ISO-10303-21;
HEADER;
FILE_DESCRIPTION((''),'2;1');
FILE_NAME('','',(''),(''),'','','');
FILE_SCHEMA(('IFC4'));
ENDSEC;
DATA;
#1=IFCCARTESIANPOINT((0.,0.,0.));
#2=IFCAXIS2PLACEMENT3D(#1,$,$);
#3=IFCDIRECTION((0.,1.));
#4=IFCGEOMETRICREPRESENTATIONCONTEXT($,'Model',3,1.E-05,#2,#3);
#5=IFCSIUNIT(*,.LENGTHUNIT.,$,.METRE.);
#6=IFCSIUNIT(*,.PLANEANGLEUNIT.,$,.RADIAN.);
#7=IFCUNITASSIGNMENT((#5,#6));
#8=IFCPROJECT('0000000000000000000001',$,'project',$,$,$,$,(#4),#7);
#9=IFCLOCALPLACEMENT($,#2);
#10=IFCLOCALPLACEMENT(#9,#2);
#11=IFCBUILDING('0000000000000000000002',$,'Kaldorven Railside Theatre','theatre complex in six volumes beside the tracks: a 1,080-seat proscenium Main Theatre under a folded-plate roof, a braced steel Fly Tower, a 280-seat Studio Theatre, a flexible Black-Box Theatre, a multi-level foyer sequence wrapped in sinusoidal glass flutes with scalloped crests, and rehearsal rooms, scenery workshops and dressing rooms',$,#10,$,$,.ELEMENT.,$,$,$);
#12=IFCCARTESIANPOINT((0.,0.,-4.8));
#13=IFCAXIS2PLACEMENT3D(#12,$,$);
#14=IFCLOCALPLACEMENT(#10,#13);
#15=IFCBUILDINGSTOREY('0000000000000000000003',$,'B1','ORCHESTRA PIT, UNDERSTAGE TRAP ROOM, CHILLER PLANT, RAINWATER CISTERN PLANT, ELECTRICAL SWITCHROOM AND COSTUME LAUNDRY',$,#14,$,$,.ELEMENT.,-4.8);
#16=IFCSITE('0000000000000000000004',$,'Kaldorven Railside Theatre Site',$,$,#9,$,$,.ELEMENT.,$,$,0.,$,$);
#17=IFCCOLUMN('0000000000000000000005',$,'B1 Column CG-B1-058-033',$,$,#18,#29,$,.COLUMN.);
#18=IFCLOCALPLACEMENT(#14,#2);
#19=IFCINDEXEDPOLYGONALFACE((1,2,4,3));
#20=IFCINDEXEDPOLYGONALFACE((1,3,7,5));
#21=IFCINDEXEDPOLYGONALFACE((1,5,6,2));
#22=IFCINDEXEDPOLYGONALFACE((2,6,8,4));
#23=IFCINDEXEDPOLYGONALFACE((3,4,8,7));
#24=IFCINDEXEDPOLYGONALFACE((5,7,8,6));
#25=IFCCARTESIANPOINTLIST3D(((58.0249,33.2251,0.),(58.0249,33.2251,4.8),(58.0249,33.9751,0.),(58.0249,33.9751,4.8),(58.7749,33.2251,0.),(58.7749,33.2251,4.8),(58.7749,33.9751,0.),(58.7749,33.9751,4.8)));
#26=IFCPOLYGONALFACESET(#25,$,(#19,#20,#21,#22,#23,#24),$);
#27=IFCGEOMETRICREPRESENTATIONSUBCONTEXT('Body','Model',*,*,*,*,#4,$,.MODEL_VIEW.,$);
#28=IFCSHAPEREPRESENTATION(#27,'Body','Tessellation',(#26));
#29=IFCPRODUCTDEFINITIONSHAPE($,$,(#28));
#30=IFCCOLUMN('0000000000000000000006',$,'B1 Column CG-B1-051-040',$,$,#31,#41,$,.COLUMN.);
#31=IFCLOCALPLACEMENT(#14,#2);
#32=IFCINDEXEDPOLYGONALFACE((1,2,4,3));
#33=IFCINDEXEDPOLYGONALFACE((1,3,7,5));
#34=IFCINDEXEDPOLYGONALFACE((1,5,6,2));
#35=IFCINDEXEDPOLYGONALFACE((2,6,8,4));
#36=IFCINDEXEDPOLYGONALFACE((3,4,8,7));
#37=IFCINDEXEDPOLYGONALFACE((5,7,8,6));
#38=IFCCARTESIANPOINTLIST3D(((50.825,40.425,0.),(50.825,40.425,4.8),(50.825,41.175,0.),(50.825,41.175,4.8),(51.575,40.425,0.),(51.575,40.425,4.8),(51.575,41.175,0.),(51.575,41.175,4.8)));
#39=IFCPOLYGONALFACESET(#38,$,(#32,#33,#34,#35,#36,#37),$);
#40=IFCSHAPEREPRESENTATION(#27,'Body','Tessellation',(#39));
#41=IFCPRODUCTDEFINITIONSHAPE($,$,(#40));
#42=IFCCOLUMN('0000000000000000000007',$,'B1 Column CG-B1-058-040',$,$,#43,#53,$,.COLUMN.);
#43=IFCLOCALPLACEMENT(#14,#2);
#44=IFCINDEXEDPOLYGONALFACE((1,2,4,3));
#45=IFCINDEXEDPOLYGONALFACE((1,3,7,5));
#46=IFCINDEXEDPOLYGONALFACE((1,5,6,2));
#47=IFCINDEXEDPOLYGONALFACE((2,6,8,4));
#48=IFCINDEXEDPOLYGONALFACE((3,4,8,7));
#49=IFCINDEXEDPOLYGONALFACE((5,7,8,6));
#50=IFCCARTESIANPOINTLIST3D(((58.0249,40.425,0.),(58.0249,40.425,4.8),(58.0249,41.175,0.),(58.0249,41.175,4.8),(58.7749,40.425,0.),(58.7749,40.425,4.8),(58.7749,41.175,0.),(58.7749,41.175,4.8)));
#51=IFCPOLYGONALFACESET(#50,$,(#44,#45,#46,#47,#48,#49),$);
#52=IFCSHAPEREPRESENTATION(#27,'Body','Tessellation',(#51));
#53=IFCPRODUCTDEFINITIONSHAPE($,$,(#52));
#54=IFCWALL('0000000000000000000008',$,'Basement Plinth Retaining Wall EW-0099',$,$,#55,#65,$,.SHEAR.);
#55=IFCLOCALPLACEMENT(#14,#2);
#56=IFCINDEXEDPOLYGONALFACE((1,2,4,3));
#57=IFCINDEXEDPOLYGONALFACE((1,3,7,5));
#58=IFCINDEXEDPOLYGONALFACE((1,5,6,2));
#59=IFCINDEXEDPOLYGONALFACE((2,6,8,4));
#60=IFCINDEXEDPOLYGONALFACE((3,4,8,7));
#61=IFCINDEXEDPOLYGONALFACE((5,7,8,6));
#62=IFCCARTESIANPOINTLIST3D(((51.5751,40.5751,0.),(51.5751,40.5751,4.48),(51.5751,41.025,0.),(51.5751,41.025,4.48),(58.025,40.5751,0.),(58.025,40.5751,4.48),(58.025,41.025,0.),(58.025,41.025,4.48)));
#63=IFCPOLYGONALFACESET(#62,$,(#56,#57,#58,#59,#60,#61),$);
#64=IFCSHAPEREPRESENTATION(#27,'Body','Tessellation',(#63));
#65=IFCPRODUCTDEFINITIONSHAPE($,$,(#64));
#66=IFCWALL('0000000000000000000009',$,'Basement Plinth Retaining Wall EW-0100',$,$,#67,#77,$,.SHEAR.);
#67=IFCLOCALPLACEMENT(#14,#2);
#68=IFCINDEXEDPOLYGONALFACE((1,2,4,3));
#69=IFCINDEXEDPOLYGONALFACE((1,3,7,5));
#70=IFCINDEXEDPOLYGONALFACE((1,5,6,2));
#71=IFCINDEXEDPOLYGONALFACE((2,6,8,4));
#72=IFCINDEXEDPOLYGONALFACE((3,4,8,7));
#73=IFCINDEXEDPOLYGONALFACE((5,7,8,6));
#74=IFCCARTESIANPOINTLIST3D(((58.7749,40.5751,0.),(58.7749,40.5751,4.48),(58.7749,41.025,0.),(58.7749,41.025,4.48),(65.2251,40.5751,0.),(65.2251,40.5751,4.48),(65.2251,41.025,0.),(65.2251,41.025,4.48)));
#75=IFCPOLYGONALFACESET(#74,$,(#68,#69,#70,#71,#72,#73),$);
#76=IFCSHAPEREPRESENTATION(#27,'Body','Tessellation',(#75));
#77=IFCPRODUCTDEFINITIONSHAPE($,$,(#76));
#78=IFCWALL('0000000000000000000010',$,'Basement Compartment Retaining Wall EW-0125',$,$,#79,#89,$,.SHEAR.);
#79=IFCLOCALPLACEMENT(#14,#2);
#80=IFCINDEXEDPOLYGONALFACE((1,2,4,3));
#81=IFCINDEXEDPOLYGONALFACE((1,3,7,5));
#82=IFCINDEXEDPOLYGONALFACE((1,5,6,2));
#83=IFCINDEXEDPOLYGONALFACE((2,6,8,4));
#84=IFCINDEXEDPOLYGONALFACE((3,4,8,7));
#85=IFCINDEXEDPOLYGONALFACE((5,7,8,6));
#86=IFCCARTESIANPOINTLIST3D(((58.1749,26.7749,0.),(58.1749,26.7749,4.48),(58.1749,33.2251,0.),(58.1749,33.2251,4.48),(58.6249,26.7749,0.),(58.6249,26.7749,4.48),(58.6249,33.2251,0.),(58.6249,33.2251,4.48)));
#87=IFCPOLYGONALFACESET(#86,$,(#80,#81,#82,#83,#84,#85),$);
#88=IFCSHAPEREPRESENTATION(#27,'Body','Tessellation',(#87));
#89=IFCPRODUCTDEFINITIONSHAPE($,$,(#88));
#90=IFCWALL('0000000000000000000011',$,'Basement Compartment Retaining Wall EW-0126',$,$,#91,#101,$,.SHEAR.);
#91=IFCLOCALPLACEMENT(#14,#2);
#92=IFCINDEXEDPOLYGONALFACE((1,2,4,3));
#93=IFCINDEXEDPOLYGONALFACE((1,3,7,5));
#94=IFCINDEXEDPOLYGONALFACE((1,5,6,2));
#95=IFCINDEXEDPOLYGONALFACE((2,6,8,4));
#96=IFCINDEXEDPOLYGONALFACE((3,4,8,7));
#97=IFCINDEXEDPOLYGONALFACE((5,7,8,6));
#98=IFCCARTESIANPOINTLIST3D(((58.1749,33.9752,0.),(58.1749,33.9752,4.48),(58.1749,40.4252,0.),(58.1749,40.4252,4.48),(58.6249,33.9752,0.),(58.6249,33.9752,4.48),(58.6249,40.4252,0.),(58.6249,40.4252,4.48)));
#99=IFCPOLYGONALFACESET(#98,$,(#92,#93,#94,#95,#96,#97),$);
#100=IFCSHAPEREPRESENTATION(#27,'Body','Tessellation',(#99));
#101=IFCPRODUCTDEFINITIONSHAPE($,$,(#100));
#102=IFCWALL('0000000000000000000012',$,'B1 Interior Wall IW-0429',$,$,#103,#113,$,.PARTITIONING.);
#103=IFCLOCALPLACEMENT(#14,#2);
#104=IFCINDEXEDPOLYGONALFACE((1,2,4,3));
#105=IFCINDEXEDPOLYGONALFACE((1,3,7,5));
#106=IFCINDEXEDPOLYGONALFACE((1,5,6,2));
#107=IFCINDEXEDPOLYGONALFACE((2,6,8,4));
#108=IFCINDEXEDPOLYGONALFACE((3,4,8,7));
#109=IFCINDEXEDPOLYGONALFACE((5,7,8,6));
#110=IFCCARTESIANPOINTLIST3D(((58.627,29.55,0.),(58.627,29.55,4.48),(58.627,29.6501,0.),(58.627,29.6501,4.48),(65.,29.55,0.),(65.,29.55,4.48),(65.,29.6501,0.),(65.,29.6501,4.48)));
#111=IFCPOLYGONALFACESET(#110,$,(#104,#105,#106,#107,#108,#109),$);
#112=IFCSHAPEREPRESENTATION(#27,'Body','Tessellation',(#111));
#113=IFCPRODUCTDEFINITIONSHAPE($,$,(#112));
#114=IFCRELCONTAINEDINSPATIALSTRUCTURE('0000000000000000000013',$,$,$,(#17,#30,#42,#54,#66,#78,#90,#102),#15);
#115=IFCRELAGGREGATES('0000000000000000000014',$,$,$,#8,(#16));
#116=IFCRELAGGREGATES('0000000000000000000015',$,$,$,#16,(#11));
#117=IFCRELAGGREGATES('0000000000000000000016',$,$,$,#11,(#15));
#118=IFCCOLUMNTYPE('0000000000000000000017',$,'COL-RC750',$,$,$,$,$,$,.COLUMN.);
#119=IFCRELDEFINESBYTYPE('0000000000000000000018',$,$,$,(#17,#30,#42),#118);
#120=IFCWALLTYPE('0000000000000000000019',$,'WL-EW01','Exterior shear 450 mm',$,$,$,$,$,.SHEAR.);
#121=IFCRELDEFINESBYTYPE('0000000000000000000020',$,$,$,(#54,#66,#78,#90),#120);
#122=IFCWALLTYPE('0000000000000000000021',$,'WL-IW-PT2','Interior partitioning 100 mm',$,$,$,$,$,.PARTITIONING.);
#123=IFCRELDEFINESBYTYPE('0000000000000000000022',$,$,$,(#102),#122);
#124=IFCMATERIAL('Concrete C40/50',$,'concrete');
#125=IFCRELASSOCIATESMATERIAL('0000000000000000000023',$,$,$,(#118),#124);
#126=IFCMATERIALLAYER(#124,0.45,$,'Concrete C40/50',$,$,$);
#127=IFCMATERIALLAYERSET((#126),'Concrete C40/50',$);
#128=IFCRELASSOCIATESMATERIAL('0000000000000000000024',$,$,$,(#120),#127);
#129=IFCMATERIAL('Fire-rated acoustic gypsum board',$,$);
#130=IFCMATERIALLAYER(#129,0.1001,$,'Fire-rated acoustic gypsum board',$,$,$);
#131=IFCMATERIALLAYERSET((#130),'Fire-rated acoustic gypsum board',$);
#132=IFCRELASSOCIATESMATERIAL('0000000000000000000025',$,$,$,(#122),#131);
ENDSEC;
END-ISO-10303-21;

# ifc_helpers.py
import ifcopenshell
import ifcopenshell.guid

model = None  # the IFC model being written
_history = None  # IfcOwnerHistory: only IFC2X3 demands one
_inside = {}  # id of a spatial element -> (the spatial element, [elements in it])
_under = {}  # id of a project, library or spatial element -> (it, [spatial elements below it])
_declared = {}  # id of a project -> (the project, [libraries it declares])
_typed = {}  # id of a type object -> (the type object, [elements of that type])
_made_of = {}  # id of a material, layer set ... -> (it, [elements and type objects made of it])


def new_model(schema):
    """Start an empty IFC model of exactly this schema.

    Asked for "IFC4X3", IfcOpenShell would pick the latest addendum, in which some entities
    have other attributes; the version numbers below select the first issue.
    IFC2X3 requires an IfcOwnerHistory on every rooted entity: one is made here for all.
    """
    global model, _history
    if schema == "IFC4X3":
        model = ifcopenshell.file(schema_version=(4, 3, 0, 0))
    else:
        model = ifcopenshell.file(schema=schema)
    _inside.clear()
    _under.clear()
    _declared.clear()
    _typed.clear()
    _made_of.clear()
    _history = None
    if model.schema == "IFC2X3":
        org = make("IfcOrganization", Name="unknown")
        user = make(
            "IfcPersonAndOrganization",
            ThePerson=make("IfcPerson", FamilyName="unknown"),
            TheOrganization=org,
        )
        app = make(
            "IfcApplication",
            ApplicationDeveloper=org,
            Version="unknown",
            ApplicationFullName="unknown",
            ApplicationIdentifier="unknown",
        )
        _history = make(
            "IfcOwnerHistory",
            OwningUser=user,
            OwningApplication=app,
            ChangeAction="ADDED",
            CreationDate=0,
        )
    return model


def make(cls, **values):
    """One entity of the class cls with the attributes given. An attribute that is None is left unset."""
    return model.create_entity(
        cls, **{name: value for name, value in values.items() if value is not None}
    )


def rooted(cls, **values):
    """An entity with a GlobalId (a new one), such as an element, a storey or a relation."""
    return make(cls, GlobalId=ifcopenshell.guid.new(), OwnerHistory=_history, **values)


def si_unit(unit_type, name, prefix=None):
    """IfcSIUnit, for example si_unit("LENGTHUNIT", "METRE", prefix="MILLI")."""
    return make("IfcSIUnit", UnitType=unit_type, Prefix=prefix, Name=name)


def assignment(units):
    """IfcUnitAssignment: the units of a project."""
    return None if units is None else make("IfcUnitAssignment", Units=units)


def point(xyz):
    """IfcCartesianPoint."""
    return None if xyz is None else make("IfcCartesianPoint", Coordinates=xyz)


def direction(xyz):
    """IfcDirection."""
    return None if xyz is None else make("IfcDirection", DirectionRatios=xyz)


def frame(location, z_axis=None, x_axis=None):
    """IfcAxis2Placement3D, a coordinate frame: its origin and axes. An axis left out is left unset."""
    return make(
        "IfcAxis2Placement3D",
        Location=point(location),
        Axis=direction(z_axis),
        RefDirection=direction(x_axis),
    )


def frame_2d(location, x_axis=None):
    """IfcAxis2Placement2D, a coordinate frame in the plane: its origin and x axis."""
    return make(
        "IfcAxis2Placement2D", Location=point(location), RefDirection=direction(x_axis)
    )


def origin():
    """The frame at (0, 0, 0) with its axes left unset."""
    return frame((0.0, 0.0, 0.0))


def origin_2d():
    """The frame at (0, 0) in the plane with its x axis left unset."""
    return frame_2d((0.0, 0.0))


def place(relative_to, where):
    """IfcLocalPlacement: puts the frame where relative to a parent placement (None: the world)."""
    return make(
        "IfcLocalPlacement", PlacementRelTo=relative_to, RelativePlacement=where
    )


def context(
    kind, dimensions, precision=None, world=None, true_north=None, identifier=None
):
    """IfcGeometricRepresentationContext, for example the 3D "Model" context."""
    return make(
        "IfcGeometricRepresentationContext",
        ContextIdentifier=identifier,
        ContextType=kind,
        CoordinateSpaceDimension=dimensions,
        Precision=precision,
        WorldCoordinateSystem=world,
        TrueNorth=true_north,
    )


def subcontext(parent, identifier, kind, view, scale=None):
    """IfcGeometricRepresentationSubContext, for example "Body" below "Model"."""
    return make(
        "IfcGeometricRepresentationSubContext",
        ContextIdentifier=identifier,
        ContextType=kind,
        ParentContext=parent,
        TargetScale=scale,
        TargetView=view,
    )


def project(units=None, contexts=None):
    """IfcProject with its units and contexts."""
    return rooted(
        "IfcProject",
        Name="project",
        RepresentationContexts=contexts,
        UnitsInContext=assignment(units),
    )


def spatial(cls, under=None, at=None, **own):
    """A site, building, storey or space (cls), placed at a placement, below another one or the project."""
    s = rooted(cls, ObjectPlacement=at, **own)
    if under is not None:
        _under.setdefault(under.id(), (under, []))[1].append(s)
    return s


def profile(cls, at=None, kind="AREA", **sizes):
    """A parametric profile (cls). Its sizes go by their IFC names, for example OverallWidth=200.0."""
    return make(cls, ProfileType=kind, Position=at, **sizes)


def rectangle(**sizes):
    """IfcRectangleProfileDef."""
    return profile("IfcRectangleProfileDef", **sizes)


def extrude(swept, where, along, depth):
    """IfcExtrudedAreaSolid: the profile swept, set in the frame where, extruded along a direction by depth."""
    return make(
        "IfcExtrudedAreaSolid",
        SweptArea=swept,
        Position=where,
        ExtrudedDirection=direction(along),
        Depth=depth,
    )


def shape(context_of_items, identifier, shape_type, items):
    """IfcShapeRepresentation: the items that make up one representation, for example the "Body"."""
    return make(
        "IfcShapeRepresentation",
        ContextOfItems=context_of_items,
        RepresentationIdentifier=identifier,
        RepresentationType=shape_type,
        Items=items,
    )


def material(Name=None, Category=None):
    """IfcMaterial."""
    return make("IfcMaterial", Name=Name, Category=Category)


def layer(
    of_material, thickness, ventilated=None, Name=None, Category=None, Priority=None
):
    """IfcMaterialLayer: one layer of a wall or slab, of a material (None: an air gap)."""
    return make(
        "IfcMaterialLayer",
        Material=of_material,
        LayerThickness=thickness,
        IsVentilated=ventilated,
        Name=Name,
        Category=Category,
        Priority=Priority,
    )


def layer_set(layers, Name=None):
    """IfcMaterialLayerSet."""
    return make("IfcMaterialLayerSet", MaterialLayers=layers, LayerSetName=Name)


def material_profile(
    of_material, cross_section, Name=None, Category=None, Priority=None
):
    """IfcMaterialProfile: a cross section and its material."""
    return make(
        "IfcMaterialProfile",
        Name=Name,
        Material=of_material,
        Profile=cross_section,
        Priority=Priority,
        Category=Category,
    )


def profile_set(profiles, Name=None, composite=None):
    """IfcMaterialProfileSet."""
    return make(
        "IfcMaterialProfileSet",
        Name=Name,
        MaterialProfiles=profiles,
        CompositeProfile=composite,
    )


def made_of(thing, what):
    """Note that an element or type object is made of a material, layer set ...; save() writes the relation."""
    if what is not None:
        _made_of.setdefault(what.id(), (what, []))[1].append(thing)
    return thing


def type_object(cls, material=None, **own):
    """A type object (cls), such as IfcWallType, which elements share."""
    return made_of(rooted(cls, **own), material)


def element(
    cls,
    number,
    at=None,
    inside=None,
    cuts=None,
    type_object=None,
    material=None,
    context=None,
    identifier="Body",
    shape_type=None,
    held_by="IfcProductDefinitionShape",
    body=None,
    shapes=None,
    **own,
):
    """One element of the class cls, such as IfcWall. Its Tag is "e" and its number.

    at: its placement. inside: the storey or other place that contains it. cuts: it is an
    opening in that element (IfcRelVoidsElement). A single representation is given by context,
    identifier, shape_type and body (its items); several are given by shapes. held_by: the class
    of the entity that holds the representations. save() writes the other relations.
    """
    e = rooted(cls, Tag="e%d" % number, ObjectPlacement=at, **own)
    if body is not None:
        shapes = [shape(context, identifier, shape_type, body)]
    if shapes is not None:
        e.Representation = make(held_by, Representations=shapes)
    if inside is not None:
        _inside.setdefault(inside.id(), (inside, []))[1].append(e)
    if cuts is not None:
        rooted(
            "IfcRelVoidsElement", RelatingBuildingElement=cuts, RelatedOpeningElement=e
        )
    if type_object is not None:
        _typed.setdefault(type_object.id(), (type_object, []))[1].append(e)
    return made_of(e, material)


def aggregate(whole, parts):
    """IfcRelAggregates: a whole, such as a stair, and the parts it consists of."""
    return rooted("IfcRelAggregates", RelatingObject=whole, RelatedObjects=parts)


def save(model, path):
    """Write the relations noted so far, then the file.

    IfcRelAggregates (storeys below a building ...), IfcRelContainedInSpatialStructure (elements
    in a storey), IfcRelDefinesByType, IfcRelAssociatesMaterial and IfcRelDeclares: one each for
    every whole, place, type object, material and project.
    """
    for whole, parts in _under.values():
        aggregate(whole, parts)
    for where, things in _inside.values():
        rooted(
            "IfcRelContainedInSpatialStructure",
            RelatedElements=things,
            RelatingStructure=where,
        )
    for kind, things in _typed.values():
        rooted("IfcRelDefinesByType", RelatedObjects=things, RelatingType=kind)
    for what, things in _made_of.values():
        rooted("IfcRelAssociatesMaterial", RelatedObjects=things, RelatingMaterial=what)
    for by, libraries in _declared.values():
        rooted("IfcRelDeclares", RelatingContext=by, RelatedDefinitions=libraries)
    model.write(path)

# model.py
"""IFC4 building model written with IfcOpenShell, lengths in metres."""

from ifc_helpers import new_model, si_unit, direction, frame, frame_2d, origin, origin_2d, place, context, subcontext, project, spatial, rectangle, extrude, material, layer, layer_set, material_profile, profile_set, type_object, element, save


model = new_model("IFC4")

# Units and contexts
model_context = context("Model", 3, precision=1e-05, world=origin(), true_north=direction((0.0, 1.0)))
body_context = subcontext(model_context, "Body", "Model", "MODEL_VIEW")
ifc_project = project(units=[si_unit("LENGTHUNIT", "METRE"), si_unit("PLANEANGLEUNIT", "RADIAN")], contexts=[model_context])

# Site, building, storey
site_placement = place(None, origin())
site = spatial("IfcSite", under=ifc_project, at=site_placement, Name="Kaldorven Railside Theatre Site", CompositionType="ELEMENT", RefElevation=0.0)
building_placement = place(site_placement, origin())
building = spatial("IfcBuilding", under=site, at=building_placement, Name="Kaldorven Railside Theatre", Description="theatre complex in six volumes beside the tracks: a 1,080-seat proscenium Main Theatre under a folded-plate roof, a braced steel Fly Tower, a 280-seat Studio Theatre, a flexible Black-Box Theatre, a multi-level foyer sequence wrapped in sinusoidal glass flutes with scalloped crests, and rehearsal rooms, scenery workshops and dressing rooms", CompositionType="ELEMENT")
storey_placement = place(building_placement, frame((0.0, 0.0, -4.8)))
storey = spatial("IfcBuildingStorey", under=building, at=storey_placement, Name="B1", Description="ORCHESTRA PIT, UNDERSTAGE TRAP ROOM, CHILLER PLANT, RAINWATER CISTERN PLANT, ELECTRICAL SWITCHROOM AND COSTUME LAUNDRY", CompositionType="ELEMENT", Elevation=-4.8)

# Shared definitions
ifc_material_1 = material(Name="Concrete C40/50", Category="concrete")

# Columns
ifc_material_profile_1 = material_profile(ifc_material_1, rectangle(XDim=0.75, YDim=0.75, at=origin_2d()), Name="RC 750x750")
ifc_profile_set_1 = profile_set([ifc_material_profile_1], Name="Concrete C40/50")
column_type = type_object("IfcColumnType", Name="COL-RC750", PredefinedType="COLUMN", material=ifc_profile_set_1)
for number, where, z_axis, x_axis, name in (
    (1, (58.3999, 33.6001, 0.0), (0.0, 0.0, 1.0), (1.0, 0.0, 0.0), "B1 Column CG-B1-058-033"),
    (2, (51.2, 40.8, 0.0), (0.0, 0.0, 1.0), (1.0, 0.0, 0.0), "B1 Column CG-B1-051-040"),
    (3, (58.3999, 40.8, 0.0), (0.0, 0.0, 1.0), (0.0, 1.0, 0.0), "B1 Column CG-B1-058-040"),
):
    element("IfcColumn", number, at=place(storey_placement, frame(where, z_axis=z_axis, x_axis=x_axis)), inside=storey, type_object=column_type, Name=name, PredefinedType="COLUMN", context=body_context, shape_type="SweptSolid", body=[
        extrude(rectangle(XDim=0.75, YDim=0.75, at=origin_2d()), origin(), (0.0, 0.0, 1.0), 4.8),
    ])

# Walls
ifc_layer_1 = layer(ifc_material_1, 0.45, Name="Concrete C40/50")
ifc_layer_set_1 = layer_set([ifc_layer_1], Name="Concrete C40/50")
wall_type_1 = type_object("IfcWallType", Name="WL-EW01", Description="Exterior shear 450 mm", PredefinedType="SHEAR", material=ifc_layer_set_1)
wall_1_placement = place(storey_placement, frame((51.575, 40.8, 0.0), z_axis=(0.0, 0.0, 1.0), x_axis=(1.0, 0.0, 0.0)))
element("IfcWall", 4, at=wall_1_placement, inside=storey, type_object=wall_type_1, Name="Basement Plinth Retaining Wall EW-0099", PredefinedType="SHEAR", context=body_context, shape_type="SweptSolid", body=[
    extrude(rectangle(XDim=6.45, YDim=0.45, at=frame_2d((3.2251, 0.0))), origin(), (0.0, 0.0, 1.0), 4.48),
])
for number, where, z_axis, x_axis, name in (
    (5, (58.7749, 40.8, 0.0), (0.0, 0.0, 1.0), (1.0, 0.0, 0.0), "Basement Plinth Retaining Wall EW-0100"),
    (6, (58.3999, 26.7749, 0.0), (0.0, 0.0, 1.0), (0.0, 1.0, 0.0), "Basement Compartment Retaining Wall EW-0125"),
):
    element("IfcWall", number, at=place(storey_placement, frame(where, z_axis=z_axis, x_axis=x_axis)), inside=storey, type_object=wall_type_1, Name=name, PredefinedType="SHEAR", context=body_context, shape_type="SweptSolid", body=[
        extrude(rectangle(XDim=6.4502, YDim=0.45, at=frame_2d((3.2251, 0.0))), origin(), (0.0, 0.0, 1.0), 4.48),
    ])
wall_2_placement = place(storey_placement, frame((58.3999, 33.9751, 0.0), z_axis=(0.0, 0.0, 1.0), x_axis=(0.0, 1.0, 0.0)))
element("IfcWall", 7, at=wall_2_placement, inside=storey, type_object=wall_type_1, Name="Basement Compartment Retaining Wall EW-0126", PredefinedType="SHEAR", context=body_context, shape_type="SweptSolid", body=[
    extrude(rectangle(XDim=6.45, YDim=0.45, at=frame_2d((3.2251, 0.0))), origin(), (0.0, 0.0, 1.0), 4.48),
])
ifc_material_2 = material(Name="Fire-rated acoustic gypsum board")
ifc_layer_2 = layer(ifc_material_2, 0.1001, Name="Fire-rated acoustic gypsum board")
ifc_layer_set_2 = layer_set([ifc_layer_2], Name="Fire-rated acoustic gypsum board")
wall_type_2 = type_object("IfcWallType", Name="WL-IW-PT2", Description="Interior partitioning 100 mm", PredefinedType="PARTITIONING", material=ifc_layer_set_2)
wall_3_placement = place(storey_placement, frame((58.627, 29.6001, 0.0), z_axis=(0.0, 0.0, 1.0), x_axis=(1.0, 0.0, 0.0)))
element("IfcWall", 8, at=wall_3_placement, inside=storey, type_object=wall_type_2, Name="B1 Interior Wall IW-0429", PredefinedType="PARTITIONING", context=body_context, shape_type="SweptSolid", body=[
    extrude(rectangle(XDim=6.373, YDim=0.1001, at=frame_2d((3.1865, 0.0))), origin(), (0.0, 0.0, 1.0), 4.48),
])

save(model, "model.ifc")
